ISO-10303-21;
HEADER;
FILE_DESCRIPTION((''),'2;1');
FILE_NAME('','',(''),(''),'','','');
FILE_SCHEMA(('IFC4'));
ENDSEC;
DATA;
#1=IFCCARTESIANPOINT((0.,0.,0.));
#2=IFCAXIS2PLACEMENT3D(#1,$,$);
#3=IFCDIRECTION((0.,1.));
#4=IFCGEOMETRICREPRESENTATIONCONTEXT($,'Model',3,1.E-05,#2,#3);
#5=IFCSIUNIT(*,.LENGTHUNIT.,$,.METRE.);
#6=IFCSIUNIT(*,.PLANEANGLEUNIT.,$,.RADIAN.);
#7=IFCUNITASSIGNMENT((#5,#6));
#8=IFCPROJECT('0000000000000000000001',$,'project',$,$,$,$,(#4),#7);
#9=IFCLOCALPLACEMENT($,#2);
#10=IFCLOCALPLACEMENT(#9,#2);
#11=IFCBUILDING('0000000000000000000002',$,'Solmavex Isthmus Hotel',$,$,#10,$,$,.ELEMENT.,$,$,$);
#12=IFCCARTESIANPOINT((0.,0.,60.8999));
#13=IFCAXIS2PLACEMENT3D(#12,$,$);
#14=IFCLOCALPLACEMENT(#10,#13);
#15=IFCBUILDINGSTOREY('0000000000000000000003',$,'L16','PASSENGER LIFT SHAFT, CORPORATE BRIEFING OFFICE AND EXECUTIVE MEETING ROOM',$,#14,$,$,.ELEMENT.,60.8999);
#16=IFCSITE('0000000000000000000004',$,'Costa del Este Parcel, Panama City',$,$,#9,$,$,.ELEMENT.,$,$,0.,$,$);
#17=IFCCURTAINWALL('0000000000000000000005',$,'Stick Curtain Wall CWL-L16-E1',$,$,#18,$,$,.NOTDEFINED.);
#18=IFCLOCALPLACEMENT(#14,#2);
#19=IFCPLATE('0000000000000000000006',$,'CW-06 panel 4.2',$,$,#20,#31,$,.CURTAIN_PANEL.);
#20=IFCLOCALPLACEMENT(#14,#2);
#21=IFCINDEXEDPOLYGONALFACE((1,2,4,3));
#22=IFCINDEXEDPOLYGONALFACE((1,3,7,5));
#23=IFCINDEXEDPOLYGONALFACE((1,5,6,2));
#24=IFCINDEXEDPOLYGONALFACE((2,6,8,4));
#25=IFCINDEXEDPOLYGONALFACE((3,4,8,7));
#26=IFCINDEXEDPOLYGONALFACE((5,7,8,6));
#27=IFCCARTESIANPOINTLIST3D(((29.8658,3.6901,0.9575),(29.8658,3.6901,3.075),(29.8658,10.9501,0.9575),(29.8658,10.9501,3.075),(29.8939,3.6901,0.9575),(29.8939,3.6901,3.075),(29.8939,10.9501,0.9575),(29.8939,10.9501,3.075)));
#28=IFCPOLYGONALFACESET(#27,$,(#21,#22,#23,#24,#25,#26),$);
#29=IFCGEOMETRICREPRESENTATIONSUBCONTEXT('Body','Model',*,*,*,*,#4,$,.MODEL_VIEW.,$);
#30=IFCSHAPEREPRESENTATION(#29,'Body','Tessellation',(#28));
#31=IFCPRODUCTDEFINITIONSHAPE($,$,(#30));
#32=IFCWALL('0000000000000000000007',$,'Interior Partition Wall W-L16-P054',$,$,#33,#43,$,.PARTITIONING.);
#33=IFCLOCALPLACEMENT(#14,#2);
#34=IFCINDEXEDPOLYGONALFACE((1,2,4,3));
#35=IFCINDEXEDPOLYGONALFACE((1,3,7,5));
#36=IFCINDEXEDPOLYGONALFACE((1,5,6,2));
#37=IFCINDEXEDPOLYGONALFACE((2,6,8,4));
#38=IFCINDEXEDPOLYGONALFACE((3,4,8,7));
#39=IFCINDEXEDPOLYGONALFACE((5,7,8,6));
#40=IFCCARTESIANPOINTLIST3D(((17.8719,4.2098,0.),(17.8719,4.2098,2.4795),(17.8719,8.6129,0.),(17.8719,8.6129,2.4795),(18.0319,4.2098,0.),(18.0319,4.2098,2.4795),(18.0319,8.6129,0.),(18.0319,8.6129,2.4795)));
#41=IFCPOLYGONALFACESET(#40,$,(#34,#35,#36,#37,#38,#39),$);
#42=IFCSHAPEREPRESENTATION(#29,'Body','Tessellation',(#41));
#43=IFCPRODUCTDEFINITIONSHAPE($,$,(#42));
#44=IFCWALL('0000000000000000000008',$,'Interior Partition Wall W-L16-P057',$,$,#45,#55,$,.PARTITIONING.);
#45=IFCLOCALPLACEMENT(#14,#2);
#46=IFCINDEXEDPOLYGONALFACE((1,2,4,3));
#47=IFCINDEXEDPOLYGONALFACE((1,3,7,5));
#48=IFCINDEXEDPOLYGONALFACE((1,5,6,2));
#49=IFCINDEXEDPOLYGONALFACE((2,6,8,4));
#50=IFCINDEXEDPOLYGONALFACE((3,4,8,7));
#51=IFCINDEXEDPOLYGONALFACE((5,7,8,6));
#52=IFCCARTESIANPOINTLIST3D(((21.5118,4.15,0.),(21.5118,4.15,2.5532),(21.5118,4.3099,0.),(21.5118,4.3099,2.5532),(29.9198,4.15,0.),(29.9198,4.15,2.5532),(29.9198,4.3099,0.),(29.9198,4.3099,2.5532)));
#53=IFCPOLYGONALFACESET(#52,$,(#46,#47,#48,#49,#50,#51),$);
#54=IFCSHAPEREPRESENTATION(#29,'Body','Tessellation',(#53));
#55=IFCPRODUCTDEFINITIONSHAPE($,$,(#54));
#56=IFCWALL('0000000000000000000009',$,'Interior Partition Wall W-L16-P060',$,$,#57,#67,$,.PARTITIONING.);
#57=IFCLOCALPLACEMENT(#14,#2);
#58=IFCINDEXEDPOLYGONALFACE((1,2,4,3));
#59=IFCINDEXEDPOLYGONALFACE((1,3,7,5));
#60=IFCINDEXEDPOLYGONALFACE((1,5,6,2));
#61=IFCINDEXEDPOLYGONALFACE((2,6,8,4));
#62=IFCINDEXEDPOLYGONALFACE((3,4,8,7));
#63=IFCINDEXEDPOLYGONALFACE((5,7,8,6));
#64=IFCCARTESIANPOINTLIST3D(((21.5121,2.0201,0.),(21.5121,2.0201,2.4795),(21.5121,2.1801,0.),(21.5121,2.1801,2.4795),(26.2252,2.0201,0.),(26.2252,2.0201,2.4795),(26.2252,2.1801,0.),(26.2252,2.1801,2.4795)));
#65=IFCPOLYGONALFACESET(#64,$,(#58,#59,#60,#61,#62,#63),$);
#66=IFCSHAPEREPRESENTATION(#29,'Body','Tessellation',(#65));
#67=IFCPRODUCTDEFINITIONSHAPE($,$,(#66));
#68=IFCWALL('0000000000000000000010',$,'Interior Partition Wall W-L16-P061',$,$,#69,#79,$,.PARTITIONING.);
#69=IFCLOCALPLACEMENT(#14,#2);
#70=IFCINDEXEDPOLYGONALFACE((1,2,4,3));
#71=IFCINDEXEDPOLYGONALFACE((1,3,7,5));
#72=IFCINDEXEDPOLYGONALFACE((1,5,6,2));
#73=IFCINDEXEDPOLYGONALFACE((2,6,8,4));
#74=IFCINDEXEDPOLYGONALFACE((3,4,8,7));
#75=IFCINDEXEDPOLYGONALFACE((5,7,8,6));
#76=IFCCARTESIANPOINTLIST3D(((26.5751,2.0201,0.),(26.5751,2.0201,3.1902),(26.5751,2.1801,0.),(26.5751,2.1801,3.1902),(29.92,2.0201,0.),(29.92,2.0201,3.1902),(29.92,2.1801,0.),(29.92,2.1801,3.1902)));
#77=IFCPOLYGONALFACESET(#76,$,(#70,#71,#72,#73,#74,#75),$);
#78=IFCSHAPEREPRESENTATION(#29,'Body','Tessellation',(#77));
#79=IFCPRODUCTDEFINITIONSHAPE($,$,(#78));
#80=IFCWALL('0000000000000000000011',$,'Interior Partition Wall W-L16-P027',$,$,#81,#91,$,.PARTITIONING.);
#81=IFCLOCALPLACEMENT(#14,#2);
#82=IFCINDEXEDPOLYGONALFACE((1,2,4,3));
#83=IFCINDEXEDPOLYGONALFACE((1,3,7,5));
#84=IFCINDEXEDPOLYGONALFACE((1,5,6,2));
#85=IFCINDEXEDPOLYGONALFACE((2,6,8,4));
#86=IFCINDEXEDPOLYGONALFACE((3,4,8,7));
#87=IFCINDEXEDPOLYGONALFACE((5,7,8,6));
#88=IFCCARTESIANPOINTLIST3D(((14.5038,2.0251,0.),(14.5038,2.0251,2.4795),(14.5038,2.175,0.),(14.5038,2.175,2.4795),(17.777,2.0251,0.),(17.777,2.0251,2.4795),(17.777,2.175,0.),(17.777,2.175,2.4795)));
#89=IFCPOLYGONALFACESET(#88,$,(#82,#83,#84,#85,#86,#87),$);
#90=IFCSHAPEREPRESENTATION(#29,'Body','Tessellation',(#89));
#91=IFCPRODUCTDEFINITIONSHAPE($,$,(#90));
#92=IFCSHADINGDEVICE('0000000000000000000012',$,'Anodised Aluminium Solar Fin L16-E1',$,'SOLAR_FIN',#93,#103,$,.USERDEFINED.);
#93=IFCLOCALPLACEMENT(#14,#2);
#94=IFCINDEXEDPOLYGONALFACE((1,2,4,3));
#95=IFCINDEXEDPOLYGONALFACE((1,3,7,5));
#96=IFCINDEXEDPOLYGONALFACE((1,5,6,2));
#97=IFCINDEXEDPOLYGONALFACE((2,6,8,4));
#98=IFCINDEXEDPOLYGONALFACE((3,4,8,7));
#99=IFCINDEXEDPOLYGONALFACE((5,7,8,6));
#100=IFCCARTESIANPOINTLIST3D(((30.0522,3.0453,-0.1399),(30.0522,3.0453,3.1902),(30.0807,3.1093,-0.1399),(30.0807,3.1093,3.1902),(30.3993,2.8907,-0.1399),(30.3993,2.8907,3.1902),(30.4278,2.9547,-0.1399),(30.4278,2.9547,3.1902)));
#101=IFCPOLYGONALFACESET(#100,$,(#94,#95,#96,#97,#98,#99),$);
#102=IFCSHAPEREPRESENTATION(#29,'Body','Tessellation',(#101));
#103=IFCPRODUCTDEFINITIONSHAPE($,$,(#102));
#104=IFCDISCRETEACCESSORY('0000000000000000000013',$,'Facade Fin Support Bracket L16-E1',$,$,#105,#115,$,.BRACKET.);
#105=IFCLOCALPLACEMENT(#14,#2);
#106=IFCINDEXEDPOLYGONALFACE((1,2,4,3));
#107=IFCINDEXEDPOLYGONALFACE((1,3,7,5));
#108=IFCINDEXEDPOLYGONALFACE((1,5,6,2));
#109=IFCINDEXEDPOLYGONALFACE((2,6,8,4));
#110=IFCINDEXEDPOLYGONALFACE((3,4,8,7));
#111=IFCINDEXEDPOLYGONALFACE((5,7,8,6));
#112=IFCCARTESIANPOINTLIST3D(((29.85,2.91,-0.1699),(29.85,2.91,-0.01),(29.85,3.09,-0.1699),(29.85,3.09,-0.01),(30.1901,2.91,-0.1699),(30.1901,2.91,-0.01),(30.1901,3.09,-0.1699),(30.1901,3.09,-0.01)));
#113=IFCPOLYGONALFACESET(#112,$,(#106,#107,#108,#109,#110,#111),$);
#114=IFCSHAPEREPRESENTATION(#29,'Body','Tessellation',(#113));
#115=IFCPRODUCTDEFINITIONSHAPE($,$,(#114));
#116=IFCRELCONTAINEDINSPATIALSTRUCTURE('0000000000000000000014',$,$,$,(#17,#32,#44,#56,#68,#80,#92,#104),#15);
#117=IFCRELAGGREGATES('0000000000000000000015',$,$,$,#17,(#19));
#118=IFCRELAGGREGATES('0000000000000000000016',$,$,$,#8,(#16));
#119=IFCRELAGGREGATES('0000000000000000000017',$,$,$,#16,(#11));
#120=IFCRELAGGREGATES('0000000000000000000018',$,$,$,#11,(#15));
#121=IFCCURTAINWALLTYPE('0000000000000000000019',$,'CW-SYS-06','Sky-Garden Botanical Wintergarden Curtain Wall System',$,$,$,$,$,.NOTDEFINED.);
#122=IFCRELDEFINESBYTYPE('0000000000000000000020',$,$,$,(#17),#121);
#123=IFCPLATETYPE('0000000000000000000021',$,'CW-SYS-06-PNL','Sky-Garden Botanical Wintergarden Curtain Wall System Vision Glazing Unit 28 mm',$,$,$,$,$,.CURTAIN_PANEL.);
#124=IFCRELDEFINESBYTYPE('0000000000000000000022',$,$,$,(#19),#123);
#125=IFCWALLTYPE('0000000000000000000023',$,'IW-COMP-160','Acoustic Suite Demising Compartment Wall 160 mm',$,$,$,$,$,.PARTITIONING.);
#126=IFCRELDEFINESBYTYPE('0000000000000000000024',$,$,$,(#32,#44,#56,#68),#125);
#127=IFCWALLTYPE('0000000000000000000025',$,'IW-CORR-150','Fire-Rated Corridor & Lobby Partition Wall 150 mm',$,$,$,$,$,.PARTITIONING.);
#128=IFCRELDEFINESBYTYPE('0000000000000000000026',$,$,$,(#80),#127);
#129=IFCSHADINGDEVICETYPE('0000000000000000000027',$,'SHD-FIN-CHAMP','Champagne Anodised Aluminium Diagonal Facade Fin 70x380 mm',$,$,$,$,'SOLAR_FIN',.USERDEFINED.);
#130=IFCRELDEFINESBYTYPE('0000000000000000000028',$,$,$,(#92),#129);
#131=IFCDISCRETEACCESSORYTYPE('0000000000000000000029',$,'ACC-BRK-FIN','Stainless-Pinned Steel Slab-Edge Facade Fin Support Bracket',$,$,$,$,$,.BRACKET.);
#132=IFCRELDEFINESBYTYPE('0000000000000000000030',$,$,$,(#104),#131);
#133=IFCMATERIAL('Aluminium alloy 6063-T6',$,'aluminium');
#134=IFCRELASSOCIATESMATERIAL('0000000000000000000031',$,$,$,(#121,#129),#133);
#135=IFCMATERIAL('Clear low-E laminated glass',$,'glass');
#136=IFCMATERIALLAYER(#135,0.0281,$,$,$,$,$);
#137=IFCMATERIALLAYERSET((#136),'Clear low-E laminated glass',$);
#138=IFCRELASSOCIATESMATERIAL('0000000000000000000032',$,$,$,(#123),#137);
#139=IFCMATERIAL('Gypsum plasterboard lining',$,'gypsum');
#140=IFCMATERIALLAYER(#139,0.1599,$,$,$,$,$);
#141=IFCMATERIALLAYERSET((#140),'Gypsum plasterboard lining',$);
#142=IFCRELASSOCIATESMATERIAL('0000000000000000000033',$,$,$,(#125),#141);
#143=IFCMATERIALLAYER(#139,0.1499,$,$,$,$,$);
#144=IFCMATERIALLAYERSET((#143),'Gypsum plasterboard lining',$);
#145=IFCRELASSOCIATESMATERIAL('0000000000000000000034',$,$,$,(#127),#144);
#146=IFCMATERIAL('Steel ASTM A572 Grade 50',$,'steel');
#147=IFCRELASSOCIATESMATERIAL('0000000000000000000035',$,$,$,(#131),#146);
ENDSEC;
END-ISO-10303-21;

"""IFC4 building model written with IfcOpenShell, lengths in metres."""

from ifc_helpers import new_model, si_unit, direction, frame, frame_2d, origin, origin_2d, place, context, subcontext, project, spatial, rectangle, extrude, material, layer, layer_set, type_object, element, aggregate, save


model = new_model("IFC4")

# Units and contexts
model_context = context("Model", 3, precision=1e-05, world=origin(), true_north=direction((0.0, 1.0)))
body_context = subcontext(model_context, "Body", "Model", "MODEL_VIEW")
ifc_project = project(units=[si_unit("LENGTHUNIT", "METRE"), si_unit("PLANEANGLEUNIT", "RADIAN")], contexts=[model_context])

# Site, building, storey
site_placement = place(None, origin())
site = spatial("IfcSite", under=ifc_project, at=site_placement, Name="Costa del Este Parcel, Panama City", CompositionType="ELEMENT", RefElevation=0.0)
building_placement = place(site_placement, origin())
building = spatial("IfcBuilding", under=site, at=building_placement, Name="Solmavex Isthmus Hotel", CompositionType="ELEMENT")
storey_placement = place(building_placement, frame((0.0, 0.0, 60.8999)))
storey = spatial("IfcBuildingStorey", under=building, at=storey_placement, Name="L16", Description="PASSENGER LIFT SHAFT, CORPORATE BRIEFING OFFICE AND EXECUTIVE MEETING ROOM", CompositionType="ELEMENT", Elevation=60.8999)

# Curtain wall, plate
ifc_material_1 = material(Name="Aluminium alloy 6063-T6", Category="aluminium")
curtain_wall_type = type_object("IfcCurtainWallType", Name="CW-SYS-06", Description="Sky-Garden Botanical Wintergarden Curtain Wall System", PredefinedType="NOTDEFINED", material=ifc_material_1)
curtain_wall_placement = place(storey_placement, origin())
curtain_wall = element("IfcCurtainWall", 1, at=curtain_wall_placement, inside=storey, type_object=curtain_wall_type, Name="Stick Curtain Wall CWL-L16-E1", PredefinedType="NOTDEFINED")
ifc_material_2 = material(Name="Clear low-E laminated glass", Category="glass")
ifc_layer_1 = layer(ifc_material_2, 0.0281)
ifc_layer_set_1 = layer_set([ifc_layer_1], Name="Clear low-E laminated glass")
plate_type = type_object("IfcPlateType", Name="CW-SYS-06-PNL", Description="Sky-Garden Botanical Wintergarden Curtain Wall System Vision Glazing Unit 28 mm", PredefinedType="CURTAIN_PANEL", material=ifc_layer_set_1)
plate_1_placement = place(storey_placement, frame((29.8799, 7.3201, 0.9575), z_axis=(0.0, 0.0, 1.0), x_axis=(0.0, 1.0, 0.0)))
plate_1 = element("IfcPlate", 2, at=plate_1_placement, type_object=plate_type, Name="CW-06 panel 4.2", PredefinedType="CURTAIN_PANEL", context=body_context, shape_type="SweptSolid", body=[
    extrude(rectangle(XDim=7.26, YDim=0.0281, at=origin_2d()), origin(), (0.0, 0.0, 1.0), 2.1174),
])
aggregate(curtain_wall, [plate_1])

# Walls
ifc_material_3 = material(Name="Gypsum plasterboard lining", Category="gypsum")
ifc_layer_2 = layer(ifc_material_3, 0.1599)
ifc_layer_set_2 = layer_set([ifc_layer_2], Name="Gypsum plasterboard lining")
wall_type_1 = type_object("IfcWallType", Name="IW-COMP-160", Description="Acoustic Suite Demising Compartment Wall 160 mm", PredefinedType="PARTITIONING", material=ifc_layer_set_2)
wall_1_placement = place(storey_placement, frame((17.9519, 8.613, 0.0), z_axis=(0.0, 0.0, 1.0), x_axis=(0.0, -1.0, 0.0)))
element("IfcWall", 3, at=wall_1_placement, inside=storey, type_object=wall_type_1, Name="Interior Partition Wall W-L16-P054", PredefinedType="PARTITIONING", context=body_context, shape_type="SweptSolid", body=[
    extrude(rectangle(XDim=4.4031, YDim=0.1599, at=frame_2d((2.2017, 0.0))), origin(), (0.0, 0.0, 1.0), 2.4795),
])
wall_2_placement = place(storey_placement, frame((29.9199, 4.23, 0.0), z_axis=(0.0, 0.0, 1.0), x_axis=(-1.0, 0.0, 0.0)))
element("IfcWall", 4, at=wall_2_placement, inside=storey, type_object=wall_type_1, Name="Interior Partition Wall W-L16-P057", PredefinedType="PARTITIONING", context=body_context, shape_type="SweptSolid", body=[
    extrude(rectangle(XDim=8.408, YDim=0.1599, at=frame_2d((4.2041, 0.0))), origin(), (0.0, 0.0, 1.0), 2.5532),
])
wall_3_placement = place(storey_placement, frame((26.2251, 2.1001, 0.0), z_axis=(0.0, 0.0, 1.0), x_axis=(-1.0, 0.0, 0.0)))
element("IfcWall", 5, at=wall_3_placement, inside=storey, type_object=wall_type_1, Name="Interior Partition Wall W-L16-P060", PredefinedType="PARTITIONING", context=body_context, shape_type="SweptSolid", body=[
    extrude(rectangle(XDim=4.7131, YDim=0.1599, at=frame_2d((2.3564, 0.0))), origin(), (0.0, 0.0, 1.0), 2.4795),
])
wall_4_placement = place(storey_placement, frame((29.9199, 2.1001, 0.0), z_axis=(0.0, 0.0, 1.0), x_axis=(-1.0, 0.0, 0.0)))
element("IfcWall", 6, at=wall_4_placement, inside=storey, type_object=wall_type_1, Name="Interior Partition Wall W-L16-P061", PredefinedType="PARTITIONING", context=body_context, shape_type="SweptSolid", body=[
    extrude(rectangle(XDim=3.345, YDim=0.1599, at=frame_2d((1.6724, 0.0))), origin(), (0.0, 0.0, 1.0), 3.1902),
])

# Shared definitions
ifc_layer_3 = layer(ifc_material_3, 0.1499)
ifc_layer_set_3 = layer_set([ifc_layer_3], Name="Gypsum plasterboard lining")
wall_type_2 = type_object("IfcWallType", Name="IW-CORR-150", Description="Fire-Rated Corridor & Lobby Partition Wall 150 mm", PredefinedType="PARTITIONING", material=ifc_layer_set_3)

# Wall
wall_5_placement = place(storey_placement, frame((17.7771, 2.1001, 0.0), z_axis=(0.0, 0.0, 1.0), x_axis=(-1.0, 0.0, 0.0)))
element("IfcWall", 7, at=wall_5_placement, inside=storey, type_object=wall_type_2, Name="Interior Partition Wall W-L16-P027", PredefinedType="PARTITIONING", context=body_context, shape_type="SweptSolid", body=[
    extrude(rectangle(XDim=3.2732, YDim=0.1499, at=frame_2d((1.6367, 0.0))), origin(), (0.0, 0.0, 1.0), 2.4795),
])

# Shading device
shading_device_type = type_object("IfcShadingDeviceType", Name="SHD-FIN-CHAMP", Description="Champagne Anodised Aluminium Diagonal Facade Fin 70x380 mm", ElementType="SOLAR_FIN", PredefinedType="USERDEFINED", material=ifc_material_1)
shading_device_placement = place(storey_placement, frame((30.24, 3.0, -0.1399), z_axis=(0.0, 0.0, 1.0), x_axis=(0.913545, -0.406737, 0.0)))
element("IfcShadingDevice", 8, at=shading_device_placement, inside=storey, type_object=shading_device_type, Name="Anodised Aluminium Solar Fin L16-E1", ObjectType="SOLAR_FIN", PredefinedType="USERDEFINED", context=body_context, shape_type="SweptSolid", body=[
    extrude(rectangle(XDim=0.3799, YDim=0.0701, at=origin_2d()), origin(), (0.0, 0.0, 1.0), 3.3301),
])

# Discrete accessory
ifc_material_4 = material(Name="Steel ASTM A572 Grade 50", Category="steel")
discrete_accessory_type = type_object("IfcDiscreteAccessoryType", Name="ACC-BRK-FIN", Description="Stainless-Pinned Steel Slab-Edge Facade Fin Support Bracket", PredefinedType="BRACKET", material=ifc_material_4)
discrete_accessory_placement = place(storey_placement, frame((30.02, 3.0, -0.1699), z_axis=(0.0, 0.0, 1.0), x_axis=(1.0, 0.0, 0.0)))
element("IfcDiscreteAccessory", 9, at=discrete_accessory_placement, inside=storey, type_object=discrete_accessory_type, Name="Facade Fin Support Bracket L16-E1", PredefinedType="BRACKET", context=body_context, shape_type="SweptSolid", body=[
    extrude(rectangle(XDim=0.3401, YDim=0.1799, at=origin_2d()), origin(), (0.0, 0.0, 1.0), 0.1599),
])

save(model, "model.ifc")
